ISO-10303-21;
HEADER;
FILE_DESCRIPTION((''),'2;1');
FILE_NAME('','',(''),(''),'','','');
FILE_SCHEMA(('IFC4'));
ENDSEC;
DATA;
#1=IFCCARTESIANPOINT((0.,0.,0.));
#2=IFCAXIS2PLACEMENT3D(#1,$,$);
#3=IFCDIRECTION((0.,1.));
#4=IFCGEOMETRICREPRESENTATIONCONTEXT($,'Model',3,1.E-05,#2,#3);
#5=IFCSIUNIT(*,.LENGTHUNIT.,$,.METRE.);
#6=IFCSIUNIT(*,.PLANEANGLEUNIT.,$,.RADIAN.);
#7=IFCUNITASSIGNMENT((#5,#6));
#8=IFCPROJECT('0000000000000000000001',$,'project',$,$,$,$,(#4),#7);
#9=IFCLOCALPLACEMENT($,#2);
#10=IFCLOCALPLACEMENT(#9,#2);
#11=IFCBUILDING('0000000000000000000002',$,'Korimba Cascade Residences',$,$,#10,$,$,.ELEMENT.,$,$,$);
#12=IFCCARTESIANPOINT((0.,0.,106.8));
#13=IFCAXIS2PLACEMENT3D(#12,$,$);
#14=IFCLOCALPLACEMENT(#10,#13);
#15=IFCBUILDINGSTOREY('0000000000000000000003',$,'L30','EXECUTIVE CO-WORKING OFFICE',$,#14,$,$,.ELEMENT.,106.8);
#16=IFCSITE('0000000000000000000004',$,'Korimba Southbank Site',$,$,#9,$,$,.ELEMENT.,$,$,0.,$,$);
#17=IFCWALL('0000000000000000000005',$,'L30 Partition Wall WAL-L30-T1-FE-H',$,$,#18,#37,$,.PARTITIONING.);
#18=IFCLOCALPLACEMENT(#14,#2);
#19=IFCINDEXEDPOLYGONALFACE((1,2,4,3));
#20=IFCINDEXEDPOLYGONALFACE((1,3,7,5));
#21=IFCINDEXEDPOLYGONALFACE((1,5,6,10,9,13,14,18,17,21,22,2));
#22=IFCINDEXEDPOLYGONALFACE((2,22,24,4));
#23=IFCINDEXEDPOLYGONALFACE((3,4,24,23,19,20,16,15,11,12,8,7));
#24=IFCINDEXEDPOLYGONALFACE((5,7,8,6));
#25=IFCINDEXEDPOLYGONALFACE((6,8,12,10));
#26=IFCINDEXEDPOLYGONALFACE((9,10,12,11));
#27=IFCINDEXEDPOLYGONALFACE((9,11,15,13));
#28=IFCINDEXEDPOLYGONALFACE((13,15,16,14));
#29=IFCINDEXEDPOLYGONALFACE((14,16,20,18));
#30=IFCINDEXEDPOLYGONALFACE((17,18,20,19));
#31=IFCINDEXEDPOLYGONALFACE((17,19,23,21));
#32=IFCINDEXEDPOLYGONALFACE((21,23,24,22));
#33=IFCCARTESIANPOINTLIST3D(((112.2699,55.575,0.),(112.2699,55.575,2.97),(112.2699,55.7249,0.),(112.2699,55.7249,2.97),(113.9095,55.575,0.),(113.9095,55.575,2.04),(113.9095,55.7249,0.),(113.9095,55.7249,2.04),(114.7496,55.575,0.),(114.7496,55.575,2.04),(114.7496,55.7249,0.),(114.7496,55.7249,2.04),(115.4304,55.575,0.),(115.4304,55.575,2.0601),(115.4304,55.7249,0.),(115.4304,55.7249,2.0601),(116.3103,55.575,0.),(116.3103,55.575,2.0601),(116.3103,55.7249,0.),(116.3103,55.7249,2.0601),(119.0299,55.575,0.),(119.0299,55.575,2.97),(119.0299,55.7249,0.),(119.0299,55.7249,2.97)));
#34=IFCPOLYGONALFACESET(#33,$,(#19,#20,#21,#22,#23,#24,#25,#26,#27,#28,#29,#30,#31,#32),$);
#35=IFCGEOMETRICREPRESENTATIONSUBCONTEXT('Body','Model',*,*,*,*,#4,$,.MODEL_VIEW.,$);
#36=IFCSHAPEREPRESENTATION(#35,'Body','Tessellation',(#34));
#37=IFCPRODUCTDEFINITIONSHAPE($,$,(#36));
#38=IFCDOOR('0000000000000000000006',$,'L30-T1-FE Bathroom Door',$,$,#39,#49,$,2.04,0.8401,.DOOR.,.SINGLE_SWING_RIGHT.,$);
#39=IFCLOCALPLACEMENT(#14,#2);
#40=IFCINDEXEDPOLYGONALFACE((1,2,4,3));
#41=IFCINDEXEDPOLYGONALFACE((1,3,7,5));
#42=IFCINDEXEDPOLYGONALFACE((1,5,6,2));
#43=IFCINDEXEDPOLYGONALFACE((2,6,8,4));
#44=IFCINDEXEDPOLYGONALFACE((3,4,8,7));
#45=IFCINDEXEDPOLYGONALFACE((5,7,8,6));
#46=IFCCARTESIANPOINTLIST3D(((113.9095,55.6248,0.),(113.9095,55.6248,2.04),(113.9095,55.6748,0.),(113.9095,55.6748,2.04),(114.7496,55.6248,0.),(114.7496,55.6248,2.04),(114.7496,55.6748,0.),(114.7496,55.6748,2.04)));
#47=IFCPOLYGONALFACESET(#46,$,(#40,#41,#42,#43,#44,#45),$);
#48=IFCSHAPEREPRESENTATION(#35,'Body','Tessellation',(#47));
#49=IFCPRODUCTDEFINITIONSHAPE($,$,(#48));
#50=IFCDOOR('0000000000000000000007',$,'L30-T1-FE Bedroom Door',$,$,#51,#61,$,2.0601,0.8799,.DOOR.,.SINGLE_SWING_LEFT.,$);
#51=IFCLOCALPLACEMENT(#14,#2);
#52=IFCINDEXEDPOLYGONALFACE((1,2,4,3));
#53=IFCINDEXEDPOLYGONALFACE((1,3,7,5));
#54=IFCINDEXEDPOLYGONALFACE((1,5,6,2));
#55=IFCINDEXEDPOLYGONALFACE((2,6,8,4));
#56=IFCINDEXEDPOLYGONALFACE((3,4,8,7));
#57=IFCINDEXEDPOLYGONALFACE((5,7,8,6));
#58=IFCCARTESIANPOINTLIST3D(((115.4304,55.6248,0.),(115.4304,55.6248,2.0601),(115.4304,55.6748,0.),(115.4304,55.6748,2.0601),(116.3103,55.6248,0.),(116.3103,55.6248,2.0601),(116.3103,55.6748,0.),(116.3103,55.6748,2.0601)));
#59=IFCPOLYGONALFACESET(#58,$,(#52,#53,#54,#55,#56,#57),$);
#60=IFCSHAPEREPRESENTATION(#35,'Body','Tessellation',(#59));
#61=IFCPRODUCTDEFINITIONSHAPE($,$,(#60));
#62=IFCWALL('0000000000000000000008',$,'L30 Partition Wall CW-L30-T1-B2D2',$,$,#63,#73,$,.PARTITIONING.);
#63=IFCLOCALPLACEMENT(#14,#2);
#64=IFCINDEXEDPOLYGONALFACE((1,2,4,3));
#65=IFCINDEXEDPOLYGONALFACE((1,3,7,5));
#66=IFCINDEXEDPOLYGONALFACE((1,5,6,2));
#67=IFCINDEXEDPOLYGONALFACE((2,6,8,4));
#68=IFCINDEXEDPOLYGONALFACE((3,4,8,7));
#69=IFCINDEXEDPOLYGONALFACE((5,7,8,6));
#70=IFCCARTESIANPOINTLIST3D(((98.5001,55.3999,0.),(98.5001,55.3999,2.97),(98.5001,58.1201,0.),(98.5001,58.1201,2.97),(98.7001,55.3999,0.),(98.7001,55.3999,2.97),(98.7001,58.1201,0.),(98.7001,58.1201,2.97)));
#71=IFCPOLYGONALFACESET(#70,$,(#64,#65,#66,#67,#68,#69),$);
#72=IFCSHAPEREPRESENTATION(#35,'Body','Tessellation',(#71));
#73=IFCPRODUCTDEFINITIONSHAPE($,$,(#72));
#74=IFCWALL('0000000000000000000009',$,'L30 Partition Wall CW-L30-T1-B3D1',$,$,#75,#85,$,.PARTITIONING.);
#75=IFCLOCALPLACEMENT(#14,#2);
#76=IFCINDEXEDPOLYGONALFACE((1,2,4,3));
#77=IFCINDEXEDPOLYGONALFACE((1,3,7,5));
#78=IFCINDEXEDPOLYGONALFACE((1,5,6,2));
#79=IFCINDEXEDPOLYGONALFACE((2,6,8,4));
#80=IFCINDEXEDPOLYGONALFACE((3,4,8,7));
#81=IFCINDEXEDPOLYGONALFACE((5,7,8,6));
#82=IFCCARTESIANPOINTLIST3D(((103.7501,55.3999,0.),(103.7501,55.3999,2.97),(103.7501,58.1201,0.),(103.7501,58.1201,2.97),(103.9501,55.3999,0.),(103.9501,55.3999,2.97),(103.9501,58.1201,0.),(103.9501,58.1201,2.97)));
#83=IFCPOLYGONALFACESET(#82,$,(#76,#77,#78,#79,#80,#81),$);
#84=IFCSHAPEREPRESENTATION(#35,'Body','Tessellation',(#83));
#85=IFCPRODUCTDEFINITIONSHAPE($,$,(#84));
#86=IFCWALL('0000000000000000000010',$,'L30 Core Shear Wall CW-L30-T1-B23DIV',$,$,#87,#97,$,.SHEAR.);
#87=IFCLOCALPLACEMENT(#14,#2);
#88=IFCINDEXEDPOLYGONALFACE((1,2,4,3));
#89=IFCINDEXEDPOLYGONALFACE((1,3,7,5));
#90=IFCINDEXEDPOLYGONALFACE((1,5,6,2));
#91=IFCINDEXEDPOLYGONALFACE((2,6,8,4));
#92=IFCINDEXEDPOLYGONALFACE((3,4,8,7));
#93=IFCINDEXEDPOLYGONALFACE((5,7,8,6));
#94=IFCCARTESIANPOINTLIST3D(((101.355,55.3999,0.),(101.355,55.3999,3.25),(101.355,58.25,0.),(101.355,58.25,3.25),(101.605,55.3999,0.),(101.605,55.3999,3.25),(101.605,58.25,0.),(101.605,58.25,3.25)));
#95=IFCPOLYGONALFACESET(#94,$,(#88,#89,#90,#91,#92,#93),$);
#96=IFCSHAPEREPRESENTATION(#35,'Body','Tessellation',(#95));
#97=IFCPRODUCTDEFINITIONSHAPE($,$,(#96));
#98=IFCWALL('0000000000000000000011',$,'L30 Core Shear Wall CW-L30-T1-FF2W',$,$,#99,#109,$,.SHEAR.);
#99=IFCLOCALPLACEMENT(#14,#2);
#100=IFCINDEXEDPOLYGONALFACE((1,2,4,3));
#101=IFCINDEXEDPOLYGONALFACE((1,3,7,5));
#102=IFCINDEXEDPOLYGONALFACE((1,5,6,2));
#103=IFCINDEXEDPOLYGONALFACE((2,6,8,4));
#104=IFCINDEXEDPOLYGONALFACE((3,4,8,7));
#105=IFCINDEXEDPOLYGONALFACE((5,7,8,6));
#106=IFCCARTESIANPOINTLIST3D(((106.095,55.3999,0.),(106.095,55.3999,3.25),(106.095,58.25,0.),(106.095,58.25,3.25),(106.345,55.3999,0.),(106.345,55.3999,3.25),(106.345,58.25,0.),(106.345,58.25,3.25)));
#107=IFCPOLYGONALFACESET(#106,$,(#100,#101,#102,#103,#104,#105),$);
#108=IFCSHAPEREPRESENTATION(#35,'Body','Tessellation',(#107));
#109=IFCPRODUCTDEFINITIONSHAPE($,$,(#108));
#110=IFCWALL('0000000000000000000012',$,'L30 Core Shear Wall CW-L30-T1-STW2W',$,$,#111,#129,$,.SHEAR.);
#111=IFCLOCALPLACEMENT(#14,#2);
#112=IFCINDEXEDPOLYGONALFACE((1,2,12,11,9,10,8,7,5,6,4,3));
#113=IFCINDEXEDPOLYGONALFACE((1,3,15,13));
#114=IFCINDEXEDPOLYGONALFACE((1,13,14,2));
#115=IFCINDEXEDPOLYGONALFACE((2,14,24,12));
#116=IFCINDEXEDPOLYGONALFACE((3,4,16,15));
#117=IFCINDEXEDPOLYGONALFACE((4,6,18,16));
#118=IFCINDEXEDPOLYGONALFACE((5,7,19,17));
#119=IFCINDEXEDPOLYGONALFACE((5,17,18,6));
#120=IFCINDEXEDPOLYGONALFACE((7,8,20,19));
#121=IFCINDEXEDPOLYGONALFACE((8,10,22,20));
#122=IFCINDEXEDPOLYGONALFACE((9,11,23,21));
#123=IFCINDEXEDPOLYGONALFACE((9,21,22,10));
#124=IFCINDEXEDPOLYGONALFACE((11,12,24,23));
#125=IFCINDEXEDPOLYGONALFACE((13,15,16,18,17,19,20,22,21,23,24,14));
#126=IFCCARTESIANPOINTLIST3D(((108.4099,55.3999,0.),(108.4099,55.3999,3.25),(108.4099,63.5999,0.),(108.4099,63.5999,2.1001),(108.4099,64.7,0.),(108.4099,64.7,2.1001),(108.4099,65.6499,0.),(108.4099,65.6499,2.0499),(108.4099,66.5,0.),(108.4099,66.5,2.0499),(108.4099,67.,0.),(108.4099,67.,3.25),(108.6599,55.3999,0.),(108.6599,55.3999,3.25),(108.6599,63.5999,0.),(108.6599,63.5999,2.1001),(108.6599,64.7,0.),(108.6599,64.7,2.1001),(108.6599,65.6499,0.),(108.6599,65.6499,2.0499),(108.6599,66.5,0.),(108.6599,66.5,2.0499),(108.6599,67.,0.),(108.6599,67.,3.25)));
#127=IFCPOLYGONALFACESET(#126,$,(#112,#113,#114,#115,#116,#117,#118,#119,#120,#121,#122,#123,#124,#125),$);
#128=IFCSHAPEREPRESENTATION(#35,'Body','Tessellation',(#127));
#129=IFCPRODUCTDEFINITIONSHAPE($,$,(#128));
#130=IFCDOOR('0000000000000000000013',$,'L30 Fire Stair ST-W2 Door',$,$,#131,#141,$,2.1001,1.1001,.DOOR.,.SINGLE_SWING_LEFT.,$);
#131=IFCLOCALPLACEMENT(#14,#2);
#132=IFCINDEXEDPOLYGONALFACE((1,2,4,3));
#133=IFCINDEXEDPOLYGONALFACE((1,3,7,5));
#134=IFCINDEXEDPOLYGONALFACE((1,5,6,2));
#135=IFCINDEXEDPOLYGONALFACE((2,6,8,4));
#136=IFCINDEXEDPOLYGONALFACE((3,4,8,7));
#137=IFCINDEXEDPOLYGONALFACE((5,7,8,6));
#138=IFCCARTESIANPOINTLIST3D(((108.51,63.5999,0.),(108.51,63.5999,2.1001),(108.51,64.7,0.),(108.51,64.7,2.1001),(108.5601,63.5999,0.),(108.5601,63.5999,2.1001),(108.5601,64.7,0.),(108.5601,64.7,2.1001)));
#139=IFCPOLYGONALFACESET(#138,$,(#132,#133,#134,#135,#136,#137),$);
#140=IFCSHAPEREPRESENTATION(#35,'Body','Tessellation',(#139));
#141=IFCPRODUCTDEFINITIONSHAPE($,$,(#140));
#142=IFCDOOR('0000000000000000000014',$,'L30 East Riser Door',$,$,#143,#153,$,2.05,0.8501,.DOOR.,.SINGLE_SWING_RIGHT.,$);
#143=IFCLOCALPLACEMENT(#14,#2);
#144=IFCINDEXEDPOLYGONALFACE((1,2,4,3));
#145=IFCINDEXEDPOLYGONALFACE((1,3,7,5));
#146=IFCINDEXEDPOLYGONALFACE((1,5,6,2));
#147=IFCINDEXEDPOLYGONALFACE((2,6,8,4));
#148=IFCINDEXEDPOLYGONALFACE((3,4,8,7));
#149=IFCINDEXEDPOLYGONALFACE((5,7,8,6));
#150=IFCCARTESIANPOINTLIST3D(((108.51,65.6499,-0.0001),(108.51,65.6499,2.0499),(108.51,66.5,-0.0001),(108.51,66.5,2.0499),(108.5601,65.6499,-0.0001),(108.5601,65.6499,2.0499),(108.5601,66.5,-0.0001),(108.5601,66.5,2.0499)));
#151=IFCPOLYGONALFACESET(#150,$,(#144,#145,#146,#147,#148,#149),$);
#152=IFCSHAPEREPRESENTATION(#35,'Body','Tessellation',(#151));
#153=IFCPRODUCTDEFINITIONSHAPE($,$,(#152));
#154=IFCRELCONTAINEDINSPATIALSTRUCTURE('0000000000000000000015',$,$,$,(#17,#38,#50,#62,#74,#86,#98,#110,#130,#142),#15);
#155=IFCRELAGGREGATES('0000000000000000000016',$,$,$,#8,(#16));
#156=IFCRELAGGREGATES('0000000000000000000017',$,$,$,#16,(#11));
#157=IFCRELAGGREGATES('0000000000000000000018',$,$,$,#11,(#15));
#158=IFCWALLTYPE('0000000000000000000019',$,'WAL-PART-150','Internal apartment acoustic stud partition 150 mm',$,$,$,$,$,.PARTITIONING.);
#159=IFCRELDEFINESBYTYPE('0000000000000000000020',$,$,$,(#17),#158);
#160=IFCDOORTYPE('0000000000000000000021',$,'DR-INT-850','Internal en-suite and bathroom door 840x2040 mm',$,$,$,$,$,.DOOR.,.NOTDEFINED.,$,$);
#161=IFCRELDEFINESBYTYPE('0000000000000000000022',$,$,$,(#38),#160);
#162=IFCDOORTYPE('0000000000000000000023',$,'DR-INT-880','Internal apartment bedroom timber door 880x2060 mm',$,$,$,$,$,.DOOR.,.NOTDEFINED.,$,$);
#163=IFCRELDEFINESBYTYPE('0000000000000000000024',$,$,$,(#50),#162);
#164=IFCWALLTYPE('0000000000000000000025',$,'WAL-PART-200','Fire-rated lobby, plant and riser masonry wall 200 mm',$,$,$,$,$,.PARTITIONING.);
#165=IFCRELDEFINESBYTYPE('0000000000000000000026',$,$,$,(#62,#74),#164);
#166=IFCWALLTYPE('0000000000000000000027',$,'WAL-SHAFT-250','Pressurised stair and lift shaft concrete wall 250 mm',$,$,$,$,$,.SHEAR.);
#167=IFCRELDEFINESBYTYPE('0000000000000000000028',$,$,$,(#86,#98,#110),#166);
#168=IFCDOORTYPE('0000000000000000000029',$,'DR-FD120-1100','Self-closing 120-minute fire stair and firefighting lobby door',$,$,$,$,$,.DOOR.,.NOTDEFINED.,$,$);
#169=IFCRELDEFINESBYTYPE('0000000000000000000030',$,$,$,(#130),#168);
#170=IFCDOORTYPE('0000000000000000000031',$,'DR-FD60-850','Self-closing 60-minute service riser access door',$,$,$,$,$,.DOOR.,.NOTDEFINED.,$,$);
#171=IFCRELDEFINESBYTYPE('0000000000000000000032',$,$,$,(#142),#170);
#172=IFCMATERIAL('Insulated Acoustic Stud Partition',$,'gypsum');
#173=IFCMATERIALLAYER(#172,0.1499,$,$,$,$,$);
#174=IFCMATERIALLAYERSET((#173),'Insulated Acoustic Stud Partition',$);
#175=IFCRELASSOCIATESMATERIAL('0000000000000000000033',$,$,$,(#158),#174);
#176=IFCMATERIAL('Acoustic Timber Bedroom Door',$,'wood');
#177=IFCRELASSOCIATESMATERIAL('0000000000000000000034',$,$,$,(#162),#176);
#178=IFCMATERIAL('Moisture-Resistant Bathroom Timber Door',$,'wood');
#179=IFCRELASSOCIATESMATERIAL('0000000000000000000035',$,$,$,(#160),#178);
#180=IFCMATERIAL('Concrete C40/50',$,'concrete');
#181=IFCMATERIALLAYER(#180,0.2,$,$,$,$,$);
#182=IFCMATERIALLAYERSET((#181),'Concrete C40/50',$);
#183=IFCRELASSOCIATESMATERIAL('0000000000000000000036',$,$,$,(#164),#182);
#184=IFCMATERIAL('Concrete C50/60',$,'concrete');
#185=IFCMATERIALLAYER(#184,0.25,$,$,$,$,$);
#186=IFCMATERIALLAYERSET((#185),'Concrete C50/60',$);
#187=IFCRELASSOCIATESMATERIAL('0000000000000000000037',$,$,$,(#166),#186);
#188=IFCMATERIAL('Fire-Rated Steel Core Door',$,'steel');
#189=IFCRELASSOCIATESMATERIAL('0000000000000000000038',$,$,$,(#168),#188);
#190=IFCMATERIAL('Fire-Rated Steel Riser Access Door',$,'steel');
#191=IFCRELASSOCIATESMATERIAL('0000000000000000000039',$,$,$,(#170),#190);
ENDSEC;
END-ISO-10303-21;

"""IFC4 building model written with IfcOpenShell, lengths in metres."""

from ifc_helpers import new_model, si_unit, direction, frame, frame_2d, origin, place, context, subcontext, project, spatial, rectangle, extrude, material, layer, layer_set, type_object, element, fill, save


model = new_model("IFC4")

# Units and contexts
model_context = context("Model", 3, precision=1e-05, world=origin(), true_north=direction((0.0, 1.0)))
body_context = subcontext(model_context, "Body", "Model", "MODEL_VIEW")
ifc_project = project(units=[si_unit("LENGTHUNIT", "METRE"), si_unit("PLANEANGLEUNIT", "RADIAN")], contexts=[model_context])

# Site, building, storey
site_placement = place(None, origin())
site = spatial("IfcSite", under=ifc_project, at=site_placement, Name="Korimba Southbank Site", CompositionType="ELEMENT", RefElevation=0.0)
building_placement = place(site_placement, origin())
building = spatial("IfcBuilding", under=site, at=building_placement, Name="Korimba Cascade Residences", CompositionType="ELEMENT")
storey_placement = place(building_placement, frame((0.0, 0.0, 106.8)))
storey = spatial("IfcBuildingStorey", under=building, at=storey_placement, Name="L30", Description="EXECUTIVE CO-WORKING OFFICE", CompositionType="ELEMENT", Elevation=106.8)

# Shared definitions
ifc_material_1 = material(Name="Insulated Acoustic Stud Partition", Category="gypsum")
ifc_layer_1 = layer(ifc_material_1, 0.1499)
ifc_layer_set_1 = layer_set([ifc_layer_1], Name="Insulated Acoustic Stud Partition")
wall_type_1 = type_object("IfcWallType", Name="WAL-PART-150", Description="Internal apartment acoustic stud partition 150 mm", PredefinedType="PARTITIONING", material=ifc_layer_set_1)
ifc_material_2 = material(Name="Acoustic Timber Bedroom Door", Category="wood")
door_type_1 = type_object("IfcDoorType", Name="DR-INT-880", Description="Internal apartment bedroom timber door 880x2060 mm", OperationType="NOTDEFINED", PredefinedType="DOOR", material=ifc_material_2)

# Wall, openings, doors
wall_1_placement = place(storey_placement, frame((112.27, 55.6499, 0.0), z_axis=(0.0, 0.0, 1.0), x_axis=(1.0, 0.0, 0.0)))
wall_1 = element("IfcWall", 1, at=wall_1_placement, inside=storey, type_object=wall_type_1, Name="L30 Partition Wall WAL-L30-T1-FE-H", PredefinedType="PARTITIONING", context=body_context, shape_type="SweptSolid", body=[
    extrude(rectangle(XDim=6.76, YDim=0.1499, at=frame_2d((3.3799, 0.0))), origin(), (0.0, 0.0, 1.0), 2.97),
])
opening_1_placement = place(wall_1_placement, frame((1.6396, 0.0, 0.0)))
opening_1 = element("IfcOpeningElement", 2, at=opening_1_placement, cuts=wall_1, PredefinedType="OPENING", context=body_context, shape_type="SweptSolid", body=[
    extrude(rectangle(XDim=0.8401, YDim=2.04, at=frame_2d((0.4199, 1.02))), frame((0.0, 0.085, 0.0), z_axis=(0.0, -1.0, 0.0), x_axis=(1.0, 0.0, 0.0)), (0.0, 0.0, 1.0), 0.1699),
])
opening_2_placement = place(wall_1_placement, frame((3.1604, 0.0, 0.0)))
opening_2 = element("IfcOpeningElement", 3, at=opening_2_placement, cuts=wall_1, PredefinedType="OPENING", context=body_context, shape_type="SweptSolid", body=[
    extrude(rectangle(XDim=0.8799, YDim=2.0601, at=frame_2d((0.4399, 1.03))), frame((0.0, 0.085, 0.0), z_axis=(0.0, -1.0, 0.0), x_axis=(1.0, 0.0, 0.0)), (0.0, 0.0, 1.0), 0.1699),
])
ifc_material_3 = material(Name="Moisture-Resistant Bathroom Timber Door", Category="wood")
door_type_2 = type_object("IfcDoorType", Name="DR-INT-850", Description="Internal en-suite and bathroom door 840x2040 mm", OperationType="NOTDEFINED", PredefinedType="DOOR", material=ifc_material_3)
door_1_placement = place(opening_1_placement, origin())
door_1 = element("IfcDoor", 4, at=door_1_placement, inside=storey, type_object=door_type_2, Name="L30-T1-FE Bathroom Door", OperationType="SINGLE_SWING_RIGHT", OverallHeight=2.04, OverallWidth=0.8401, PredefinedType="DOOR", context=body_context, shape_type="SweptSolid", body=[
    extrude(rectangle(XDim=0.8401, YDim=2.04, at=frame_2d((0.4199, 1.02))), frame((0.0, 0.0249, 0.0), z_axis=(0.0, -1.0, 0.0), x_axis=(1.0, 0.0, 0.0)), (0.0, 0.0, 1.0), 0.05),
])
fill(opening_1, door_1)
door_2_placement = place(opening_2_placement, origin())
door_2 = element("IfcDoor", 5, at=door_2_placement, inside=storey, type_object=door_type_1, Name="L30-T1-FE Bedroom Door", OperationType="SINGLE_SWING_LEFT", OverallHeight=2.0601, OverallWidth=0.8799, PredefinedType="DOOR", context=body_context, shape_type="SweptSolid", body=[
    extrude(rectangle(XDim=0.8799, YDim=2.0601, at=frame_2d((0.4399, 1.03))), frame((0.0, 0.0249, 0.0), z_axis=(0.0, -1.0, 0.0), x_axis=(1.0, 0.0, 0.0)), (0.0, 0.0, 1.0), 0.05),
])
fill(opening_2, door_2)

# Walls
ifc_material_4 = material(Name="Concrete C40/50", Category="concrete")
ifc_layer_2 = layer(ifc_material_4, 0.2)
ifc_layer_set_2 = layer_set([ifc_layer_2], Name="Concrete C40/50")
wall_type_2 = type_object("IfcWallType", Name="WAL-PART-200", Description="Fire-rated lobby, plant and riser masonry wall 200 mm", PredefinedType="PARTITIONING", material=ifc_layer_set_2)
for number, where, z_axis, x_axis, name in (
    (6, (98.6001, 55.3999, 0.0), (0.0, 0.0, 1.0), (0.0, 1.0, 0.0), "L30 Partition Wall CW-L30-T1-B2D2"),
    (7, (103.8501, 55.3999, 0.0), (0.0, 0.0, 1.0), (0.0, 1.0, 0.0), "L30 Partition Wall CW-L30-T1-B3D1"),
):
    element("IfcWall", number, at=place(storey_placement, frame(where, z_axis=z_axis, x_axis=x_axis)), inside=storey, type_object=wall_type_2, Name=name, PredefinedType="PARTITIONING", context=body_context, shape_type="SweptSolid", body=[
        extrude(rectangle(XDim=2.7202, YDim=0.2, at=frame_2d((1.3601, 0.0))), origin(), (0.0, 0.0, 1.0), 2.97),
    ])
ifc_material_5 = material(Name="Concrete C50/60", Category="concrete")
ifc_layer_3 = layer(ifc_material_5, 0.25)
ifc_layer_set_3 = layer_set([ifc_layer_3], Name="Concrete C50/60")
wall_type_3 = type_object("IfcWallType", Name="WAL-SHAFT-250", Description="Pressurised stair and lift shaft concrete wall 250 mm", PredefinedType="SHEAR", material=ifc_layer_set_3)
for number, where, z_axis, x_axis, name in (
    (8, (101.48, 55.3999, 0.0), (0.0, 0.0, 1.0), (0.0, 1.0, 0.0), "L30 Core Shear Wall CW-L30-T1-B23DIV"),
    (9, (106.22, 55.3999, 0.0), (0.0, 0.0, 1.0), (0.0, 1.0, 0.0), "L30 Core Shear Wall CW-L30-T1-FF2W"),
):
    element("IfcWall", number, at=place(storey_placement, frame(where, z_axis=z_axis, x_axis=x_axis)), inside=storey, type_object=wall_type_3, Name=name, PredefinedType="SHEAR", context=body_context, shape_type="SweptSolid", body=[
        extrude(rectangle(XDim=2.8501, YDim=0.25, at=frame_2d((1.425, 0.0))), origin(), (0.0, 0.0, 1.0), 3.25),
    ])

# Wall, openings, doors
wall_2_placement = place(storey_placement, frame((108.5349, 55.3999, 0.0), z_axis=(0.0, 0.0, 1.0), x_axis=(0.0, 1.0, 0.0)))
wall_2 = element("IfcWall", 10, at=wall_2_placement, inside=storey, type_object=wall_type_3, Name="L30 Core Shear Wall CW-L30-T1-STW2W", PredefinedType="SHEAR", context=body_context, shape_type="SweptSolid", body=[
    extrude(rectangle(XDim=11.6001, YDim=0.25, at=frame_2d((5.8, 0.0))), origin(), (0.0, 0.0, 1.0), 3.25),
])
opening_3_placement = place(wall_2_placement, frame((8.2, 0.0, 0.0)))
opening_3 = element("IfcOpeningElement", 11, at=opening_3_placement, cuts=wall_2, PredefinedType="OPENING", context=body_context, shape_type="SweptSolid", body=[
    extrude(rectangle(XDim=1.1001, YDim=2.1001, at=frame_2d((0.55, 1.05))), frame((0.0, 0.135, 0.0), z_axis=(0.0, -1.0, 0.0), x_axis=(1.0, 0.0, 0.0)), (0.0, 0.0, 1.0), 0.27),
])
opening_4_placement = place(wall_2_placement, frame((10.25, 0.0, 0.0)))
opening_4 = element("IfcOpeningElement", 12, at=opening_4_placement, cuts=wall_2, PredefinedType="OPENING", context=body_context, shape_type="SweptSolid", body=[
    extrude(rectangle(XDim=0.8501, YDim=2.05, at=frame_2d((0.425, 1.0249))), frame((0.0, 0.135, 0.0), z_axis=(0.0, -1.0, 0.0), x_axis=(1.0, 0.0, 0.0)), (0.0, 0.0, 1.0), 0.27),
])
ifc_material_6 = material(Name="Fire-Rated Steel Core Door", Category="steel")
door_type_3 = type_object("IfcDoorType", Name="DR-FD120-1100", Description="Self-closing 120-minute fire stair and firefighting lobby door", OperationType="NOTDEFINED", PredefinedType="DOOR", material=ifc_material_6)
door_3_placement = place(opening_3_placement, origin())
door_3 = element("IfcDoor", 13, at=door_3_placement, inside=storey, type_object=door_type_3, Name="L30 Fire Stair ST-W2 Door", OperationType="SINGLE_SWING_LEFT", OverallHeight=2.1001, OverallWidth=1.1001, PredefinedType="DOOR", context=body_context, shape_type="SweptSolid", body=[
    extrude(rectangle(XDim=1.1001, YDim=2.1001, at=frame_2d((0.55, 1.05))), frame((0.0, 0.0249, 0.0), z_axis=(0.0, -1.0, 0.0), x_axis=(1.0, 0.0, 0.0)), (0.0, 0.0, 1.0), 0.05),
])
fill(opening_3, door_3)
ifc_material_7 = material(Name="Fire-Rated Steel Riser Access Door", Category="steel")
door_type_4 = type_object("IfcDoorType", Name="DR-FD60-850", Description="Self-closing 60-minute service riser access door", OperationType="NOTDEFINED", PredefinedType="DOOR", material=ifc_material_7)
door_4_placement = place(opening_4_placement, origin())
door_4 = element("IfcDoor", 14, at=door_4_placement, inside=storey, type_object=door_type_4, Name="L30 East Riser Door", OperationType="SINGLE_SWING_RIGHT", OverallHeight=2.05, OverallWidth=0.8501, PredefinedType="DOOR", context=body_context, shape_type="SweptSolid", body=[
    extrude(rectangle(XDim=0.8501, YDim=2.05, at=frame_2d((0.425, 1.0249))), frame((0.0, 0.0249, 0.0), z_axis=(0.0, -1.0, 0.0), x_axis=(1.0, 0.0, 0.0)), (0.0, 0.0, 1.0), 0.05),
])
fill(opening_4, door_4)

save(model, "model.ifc")
